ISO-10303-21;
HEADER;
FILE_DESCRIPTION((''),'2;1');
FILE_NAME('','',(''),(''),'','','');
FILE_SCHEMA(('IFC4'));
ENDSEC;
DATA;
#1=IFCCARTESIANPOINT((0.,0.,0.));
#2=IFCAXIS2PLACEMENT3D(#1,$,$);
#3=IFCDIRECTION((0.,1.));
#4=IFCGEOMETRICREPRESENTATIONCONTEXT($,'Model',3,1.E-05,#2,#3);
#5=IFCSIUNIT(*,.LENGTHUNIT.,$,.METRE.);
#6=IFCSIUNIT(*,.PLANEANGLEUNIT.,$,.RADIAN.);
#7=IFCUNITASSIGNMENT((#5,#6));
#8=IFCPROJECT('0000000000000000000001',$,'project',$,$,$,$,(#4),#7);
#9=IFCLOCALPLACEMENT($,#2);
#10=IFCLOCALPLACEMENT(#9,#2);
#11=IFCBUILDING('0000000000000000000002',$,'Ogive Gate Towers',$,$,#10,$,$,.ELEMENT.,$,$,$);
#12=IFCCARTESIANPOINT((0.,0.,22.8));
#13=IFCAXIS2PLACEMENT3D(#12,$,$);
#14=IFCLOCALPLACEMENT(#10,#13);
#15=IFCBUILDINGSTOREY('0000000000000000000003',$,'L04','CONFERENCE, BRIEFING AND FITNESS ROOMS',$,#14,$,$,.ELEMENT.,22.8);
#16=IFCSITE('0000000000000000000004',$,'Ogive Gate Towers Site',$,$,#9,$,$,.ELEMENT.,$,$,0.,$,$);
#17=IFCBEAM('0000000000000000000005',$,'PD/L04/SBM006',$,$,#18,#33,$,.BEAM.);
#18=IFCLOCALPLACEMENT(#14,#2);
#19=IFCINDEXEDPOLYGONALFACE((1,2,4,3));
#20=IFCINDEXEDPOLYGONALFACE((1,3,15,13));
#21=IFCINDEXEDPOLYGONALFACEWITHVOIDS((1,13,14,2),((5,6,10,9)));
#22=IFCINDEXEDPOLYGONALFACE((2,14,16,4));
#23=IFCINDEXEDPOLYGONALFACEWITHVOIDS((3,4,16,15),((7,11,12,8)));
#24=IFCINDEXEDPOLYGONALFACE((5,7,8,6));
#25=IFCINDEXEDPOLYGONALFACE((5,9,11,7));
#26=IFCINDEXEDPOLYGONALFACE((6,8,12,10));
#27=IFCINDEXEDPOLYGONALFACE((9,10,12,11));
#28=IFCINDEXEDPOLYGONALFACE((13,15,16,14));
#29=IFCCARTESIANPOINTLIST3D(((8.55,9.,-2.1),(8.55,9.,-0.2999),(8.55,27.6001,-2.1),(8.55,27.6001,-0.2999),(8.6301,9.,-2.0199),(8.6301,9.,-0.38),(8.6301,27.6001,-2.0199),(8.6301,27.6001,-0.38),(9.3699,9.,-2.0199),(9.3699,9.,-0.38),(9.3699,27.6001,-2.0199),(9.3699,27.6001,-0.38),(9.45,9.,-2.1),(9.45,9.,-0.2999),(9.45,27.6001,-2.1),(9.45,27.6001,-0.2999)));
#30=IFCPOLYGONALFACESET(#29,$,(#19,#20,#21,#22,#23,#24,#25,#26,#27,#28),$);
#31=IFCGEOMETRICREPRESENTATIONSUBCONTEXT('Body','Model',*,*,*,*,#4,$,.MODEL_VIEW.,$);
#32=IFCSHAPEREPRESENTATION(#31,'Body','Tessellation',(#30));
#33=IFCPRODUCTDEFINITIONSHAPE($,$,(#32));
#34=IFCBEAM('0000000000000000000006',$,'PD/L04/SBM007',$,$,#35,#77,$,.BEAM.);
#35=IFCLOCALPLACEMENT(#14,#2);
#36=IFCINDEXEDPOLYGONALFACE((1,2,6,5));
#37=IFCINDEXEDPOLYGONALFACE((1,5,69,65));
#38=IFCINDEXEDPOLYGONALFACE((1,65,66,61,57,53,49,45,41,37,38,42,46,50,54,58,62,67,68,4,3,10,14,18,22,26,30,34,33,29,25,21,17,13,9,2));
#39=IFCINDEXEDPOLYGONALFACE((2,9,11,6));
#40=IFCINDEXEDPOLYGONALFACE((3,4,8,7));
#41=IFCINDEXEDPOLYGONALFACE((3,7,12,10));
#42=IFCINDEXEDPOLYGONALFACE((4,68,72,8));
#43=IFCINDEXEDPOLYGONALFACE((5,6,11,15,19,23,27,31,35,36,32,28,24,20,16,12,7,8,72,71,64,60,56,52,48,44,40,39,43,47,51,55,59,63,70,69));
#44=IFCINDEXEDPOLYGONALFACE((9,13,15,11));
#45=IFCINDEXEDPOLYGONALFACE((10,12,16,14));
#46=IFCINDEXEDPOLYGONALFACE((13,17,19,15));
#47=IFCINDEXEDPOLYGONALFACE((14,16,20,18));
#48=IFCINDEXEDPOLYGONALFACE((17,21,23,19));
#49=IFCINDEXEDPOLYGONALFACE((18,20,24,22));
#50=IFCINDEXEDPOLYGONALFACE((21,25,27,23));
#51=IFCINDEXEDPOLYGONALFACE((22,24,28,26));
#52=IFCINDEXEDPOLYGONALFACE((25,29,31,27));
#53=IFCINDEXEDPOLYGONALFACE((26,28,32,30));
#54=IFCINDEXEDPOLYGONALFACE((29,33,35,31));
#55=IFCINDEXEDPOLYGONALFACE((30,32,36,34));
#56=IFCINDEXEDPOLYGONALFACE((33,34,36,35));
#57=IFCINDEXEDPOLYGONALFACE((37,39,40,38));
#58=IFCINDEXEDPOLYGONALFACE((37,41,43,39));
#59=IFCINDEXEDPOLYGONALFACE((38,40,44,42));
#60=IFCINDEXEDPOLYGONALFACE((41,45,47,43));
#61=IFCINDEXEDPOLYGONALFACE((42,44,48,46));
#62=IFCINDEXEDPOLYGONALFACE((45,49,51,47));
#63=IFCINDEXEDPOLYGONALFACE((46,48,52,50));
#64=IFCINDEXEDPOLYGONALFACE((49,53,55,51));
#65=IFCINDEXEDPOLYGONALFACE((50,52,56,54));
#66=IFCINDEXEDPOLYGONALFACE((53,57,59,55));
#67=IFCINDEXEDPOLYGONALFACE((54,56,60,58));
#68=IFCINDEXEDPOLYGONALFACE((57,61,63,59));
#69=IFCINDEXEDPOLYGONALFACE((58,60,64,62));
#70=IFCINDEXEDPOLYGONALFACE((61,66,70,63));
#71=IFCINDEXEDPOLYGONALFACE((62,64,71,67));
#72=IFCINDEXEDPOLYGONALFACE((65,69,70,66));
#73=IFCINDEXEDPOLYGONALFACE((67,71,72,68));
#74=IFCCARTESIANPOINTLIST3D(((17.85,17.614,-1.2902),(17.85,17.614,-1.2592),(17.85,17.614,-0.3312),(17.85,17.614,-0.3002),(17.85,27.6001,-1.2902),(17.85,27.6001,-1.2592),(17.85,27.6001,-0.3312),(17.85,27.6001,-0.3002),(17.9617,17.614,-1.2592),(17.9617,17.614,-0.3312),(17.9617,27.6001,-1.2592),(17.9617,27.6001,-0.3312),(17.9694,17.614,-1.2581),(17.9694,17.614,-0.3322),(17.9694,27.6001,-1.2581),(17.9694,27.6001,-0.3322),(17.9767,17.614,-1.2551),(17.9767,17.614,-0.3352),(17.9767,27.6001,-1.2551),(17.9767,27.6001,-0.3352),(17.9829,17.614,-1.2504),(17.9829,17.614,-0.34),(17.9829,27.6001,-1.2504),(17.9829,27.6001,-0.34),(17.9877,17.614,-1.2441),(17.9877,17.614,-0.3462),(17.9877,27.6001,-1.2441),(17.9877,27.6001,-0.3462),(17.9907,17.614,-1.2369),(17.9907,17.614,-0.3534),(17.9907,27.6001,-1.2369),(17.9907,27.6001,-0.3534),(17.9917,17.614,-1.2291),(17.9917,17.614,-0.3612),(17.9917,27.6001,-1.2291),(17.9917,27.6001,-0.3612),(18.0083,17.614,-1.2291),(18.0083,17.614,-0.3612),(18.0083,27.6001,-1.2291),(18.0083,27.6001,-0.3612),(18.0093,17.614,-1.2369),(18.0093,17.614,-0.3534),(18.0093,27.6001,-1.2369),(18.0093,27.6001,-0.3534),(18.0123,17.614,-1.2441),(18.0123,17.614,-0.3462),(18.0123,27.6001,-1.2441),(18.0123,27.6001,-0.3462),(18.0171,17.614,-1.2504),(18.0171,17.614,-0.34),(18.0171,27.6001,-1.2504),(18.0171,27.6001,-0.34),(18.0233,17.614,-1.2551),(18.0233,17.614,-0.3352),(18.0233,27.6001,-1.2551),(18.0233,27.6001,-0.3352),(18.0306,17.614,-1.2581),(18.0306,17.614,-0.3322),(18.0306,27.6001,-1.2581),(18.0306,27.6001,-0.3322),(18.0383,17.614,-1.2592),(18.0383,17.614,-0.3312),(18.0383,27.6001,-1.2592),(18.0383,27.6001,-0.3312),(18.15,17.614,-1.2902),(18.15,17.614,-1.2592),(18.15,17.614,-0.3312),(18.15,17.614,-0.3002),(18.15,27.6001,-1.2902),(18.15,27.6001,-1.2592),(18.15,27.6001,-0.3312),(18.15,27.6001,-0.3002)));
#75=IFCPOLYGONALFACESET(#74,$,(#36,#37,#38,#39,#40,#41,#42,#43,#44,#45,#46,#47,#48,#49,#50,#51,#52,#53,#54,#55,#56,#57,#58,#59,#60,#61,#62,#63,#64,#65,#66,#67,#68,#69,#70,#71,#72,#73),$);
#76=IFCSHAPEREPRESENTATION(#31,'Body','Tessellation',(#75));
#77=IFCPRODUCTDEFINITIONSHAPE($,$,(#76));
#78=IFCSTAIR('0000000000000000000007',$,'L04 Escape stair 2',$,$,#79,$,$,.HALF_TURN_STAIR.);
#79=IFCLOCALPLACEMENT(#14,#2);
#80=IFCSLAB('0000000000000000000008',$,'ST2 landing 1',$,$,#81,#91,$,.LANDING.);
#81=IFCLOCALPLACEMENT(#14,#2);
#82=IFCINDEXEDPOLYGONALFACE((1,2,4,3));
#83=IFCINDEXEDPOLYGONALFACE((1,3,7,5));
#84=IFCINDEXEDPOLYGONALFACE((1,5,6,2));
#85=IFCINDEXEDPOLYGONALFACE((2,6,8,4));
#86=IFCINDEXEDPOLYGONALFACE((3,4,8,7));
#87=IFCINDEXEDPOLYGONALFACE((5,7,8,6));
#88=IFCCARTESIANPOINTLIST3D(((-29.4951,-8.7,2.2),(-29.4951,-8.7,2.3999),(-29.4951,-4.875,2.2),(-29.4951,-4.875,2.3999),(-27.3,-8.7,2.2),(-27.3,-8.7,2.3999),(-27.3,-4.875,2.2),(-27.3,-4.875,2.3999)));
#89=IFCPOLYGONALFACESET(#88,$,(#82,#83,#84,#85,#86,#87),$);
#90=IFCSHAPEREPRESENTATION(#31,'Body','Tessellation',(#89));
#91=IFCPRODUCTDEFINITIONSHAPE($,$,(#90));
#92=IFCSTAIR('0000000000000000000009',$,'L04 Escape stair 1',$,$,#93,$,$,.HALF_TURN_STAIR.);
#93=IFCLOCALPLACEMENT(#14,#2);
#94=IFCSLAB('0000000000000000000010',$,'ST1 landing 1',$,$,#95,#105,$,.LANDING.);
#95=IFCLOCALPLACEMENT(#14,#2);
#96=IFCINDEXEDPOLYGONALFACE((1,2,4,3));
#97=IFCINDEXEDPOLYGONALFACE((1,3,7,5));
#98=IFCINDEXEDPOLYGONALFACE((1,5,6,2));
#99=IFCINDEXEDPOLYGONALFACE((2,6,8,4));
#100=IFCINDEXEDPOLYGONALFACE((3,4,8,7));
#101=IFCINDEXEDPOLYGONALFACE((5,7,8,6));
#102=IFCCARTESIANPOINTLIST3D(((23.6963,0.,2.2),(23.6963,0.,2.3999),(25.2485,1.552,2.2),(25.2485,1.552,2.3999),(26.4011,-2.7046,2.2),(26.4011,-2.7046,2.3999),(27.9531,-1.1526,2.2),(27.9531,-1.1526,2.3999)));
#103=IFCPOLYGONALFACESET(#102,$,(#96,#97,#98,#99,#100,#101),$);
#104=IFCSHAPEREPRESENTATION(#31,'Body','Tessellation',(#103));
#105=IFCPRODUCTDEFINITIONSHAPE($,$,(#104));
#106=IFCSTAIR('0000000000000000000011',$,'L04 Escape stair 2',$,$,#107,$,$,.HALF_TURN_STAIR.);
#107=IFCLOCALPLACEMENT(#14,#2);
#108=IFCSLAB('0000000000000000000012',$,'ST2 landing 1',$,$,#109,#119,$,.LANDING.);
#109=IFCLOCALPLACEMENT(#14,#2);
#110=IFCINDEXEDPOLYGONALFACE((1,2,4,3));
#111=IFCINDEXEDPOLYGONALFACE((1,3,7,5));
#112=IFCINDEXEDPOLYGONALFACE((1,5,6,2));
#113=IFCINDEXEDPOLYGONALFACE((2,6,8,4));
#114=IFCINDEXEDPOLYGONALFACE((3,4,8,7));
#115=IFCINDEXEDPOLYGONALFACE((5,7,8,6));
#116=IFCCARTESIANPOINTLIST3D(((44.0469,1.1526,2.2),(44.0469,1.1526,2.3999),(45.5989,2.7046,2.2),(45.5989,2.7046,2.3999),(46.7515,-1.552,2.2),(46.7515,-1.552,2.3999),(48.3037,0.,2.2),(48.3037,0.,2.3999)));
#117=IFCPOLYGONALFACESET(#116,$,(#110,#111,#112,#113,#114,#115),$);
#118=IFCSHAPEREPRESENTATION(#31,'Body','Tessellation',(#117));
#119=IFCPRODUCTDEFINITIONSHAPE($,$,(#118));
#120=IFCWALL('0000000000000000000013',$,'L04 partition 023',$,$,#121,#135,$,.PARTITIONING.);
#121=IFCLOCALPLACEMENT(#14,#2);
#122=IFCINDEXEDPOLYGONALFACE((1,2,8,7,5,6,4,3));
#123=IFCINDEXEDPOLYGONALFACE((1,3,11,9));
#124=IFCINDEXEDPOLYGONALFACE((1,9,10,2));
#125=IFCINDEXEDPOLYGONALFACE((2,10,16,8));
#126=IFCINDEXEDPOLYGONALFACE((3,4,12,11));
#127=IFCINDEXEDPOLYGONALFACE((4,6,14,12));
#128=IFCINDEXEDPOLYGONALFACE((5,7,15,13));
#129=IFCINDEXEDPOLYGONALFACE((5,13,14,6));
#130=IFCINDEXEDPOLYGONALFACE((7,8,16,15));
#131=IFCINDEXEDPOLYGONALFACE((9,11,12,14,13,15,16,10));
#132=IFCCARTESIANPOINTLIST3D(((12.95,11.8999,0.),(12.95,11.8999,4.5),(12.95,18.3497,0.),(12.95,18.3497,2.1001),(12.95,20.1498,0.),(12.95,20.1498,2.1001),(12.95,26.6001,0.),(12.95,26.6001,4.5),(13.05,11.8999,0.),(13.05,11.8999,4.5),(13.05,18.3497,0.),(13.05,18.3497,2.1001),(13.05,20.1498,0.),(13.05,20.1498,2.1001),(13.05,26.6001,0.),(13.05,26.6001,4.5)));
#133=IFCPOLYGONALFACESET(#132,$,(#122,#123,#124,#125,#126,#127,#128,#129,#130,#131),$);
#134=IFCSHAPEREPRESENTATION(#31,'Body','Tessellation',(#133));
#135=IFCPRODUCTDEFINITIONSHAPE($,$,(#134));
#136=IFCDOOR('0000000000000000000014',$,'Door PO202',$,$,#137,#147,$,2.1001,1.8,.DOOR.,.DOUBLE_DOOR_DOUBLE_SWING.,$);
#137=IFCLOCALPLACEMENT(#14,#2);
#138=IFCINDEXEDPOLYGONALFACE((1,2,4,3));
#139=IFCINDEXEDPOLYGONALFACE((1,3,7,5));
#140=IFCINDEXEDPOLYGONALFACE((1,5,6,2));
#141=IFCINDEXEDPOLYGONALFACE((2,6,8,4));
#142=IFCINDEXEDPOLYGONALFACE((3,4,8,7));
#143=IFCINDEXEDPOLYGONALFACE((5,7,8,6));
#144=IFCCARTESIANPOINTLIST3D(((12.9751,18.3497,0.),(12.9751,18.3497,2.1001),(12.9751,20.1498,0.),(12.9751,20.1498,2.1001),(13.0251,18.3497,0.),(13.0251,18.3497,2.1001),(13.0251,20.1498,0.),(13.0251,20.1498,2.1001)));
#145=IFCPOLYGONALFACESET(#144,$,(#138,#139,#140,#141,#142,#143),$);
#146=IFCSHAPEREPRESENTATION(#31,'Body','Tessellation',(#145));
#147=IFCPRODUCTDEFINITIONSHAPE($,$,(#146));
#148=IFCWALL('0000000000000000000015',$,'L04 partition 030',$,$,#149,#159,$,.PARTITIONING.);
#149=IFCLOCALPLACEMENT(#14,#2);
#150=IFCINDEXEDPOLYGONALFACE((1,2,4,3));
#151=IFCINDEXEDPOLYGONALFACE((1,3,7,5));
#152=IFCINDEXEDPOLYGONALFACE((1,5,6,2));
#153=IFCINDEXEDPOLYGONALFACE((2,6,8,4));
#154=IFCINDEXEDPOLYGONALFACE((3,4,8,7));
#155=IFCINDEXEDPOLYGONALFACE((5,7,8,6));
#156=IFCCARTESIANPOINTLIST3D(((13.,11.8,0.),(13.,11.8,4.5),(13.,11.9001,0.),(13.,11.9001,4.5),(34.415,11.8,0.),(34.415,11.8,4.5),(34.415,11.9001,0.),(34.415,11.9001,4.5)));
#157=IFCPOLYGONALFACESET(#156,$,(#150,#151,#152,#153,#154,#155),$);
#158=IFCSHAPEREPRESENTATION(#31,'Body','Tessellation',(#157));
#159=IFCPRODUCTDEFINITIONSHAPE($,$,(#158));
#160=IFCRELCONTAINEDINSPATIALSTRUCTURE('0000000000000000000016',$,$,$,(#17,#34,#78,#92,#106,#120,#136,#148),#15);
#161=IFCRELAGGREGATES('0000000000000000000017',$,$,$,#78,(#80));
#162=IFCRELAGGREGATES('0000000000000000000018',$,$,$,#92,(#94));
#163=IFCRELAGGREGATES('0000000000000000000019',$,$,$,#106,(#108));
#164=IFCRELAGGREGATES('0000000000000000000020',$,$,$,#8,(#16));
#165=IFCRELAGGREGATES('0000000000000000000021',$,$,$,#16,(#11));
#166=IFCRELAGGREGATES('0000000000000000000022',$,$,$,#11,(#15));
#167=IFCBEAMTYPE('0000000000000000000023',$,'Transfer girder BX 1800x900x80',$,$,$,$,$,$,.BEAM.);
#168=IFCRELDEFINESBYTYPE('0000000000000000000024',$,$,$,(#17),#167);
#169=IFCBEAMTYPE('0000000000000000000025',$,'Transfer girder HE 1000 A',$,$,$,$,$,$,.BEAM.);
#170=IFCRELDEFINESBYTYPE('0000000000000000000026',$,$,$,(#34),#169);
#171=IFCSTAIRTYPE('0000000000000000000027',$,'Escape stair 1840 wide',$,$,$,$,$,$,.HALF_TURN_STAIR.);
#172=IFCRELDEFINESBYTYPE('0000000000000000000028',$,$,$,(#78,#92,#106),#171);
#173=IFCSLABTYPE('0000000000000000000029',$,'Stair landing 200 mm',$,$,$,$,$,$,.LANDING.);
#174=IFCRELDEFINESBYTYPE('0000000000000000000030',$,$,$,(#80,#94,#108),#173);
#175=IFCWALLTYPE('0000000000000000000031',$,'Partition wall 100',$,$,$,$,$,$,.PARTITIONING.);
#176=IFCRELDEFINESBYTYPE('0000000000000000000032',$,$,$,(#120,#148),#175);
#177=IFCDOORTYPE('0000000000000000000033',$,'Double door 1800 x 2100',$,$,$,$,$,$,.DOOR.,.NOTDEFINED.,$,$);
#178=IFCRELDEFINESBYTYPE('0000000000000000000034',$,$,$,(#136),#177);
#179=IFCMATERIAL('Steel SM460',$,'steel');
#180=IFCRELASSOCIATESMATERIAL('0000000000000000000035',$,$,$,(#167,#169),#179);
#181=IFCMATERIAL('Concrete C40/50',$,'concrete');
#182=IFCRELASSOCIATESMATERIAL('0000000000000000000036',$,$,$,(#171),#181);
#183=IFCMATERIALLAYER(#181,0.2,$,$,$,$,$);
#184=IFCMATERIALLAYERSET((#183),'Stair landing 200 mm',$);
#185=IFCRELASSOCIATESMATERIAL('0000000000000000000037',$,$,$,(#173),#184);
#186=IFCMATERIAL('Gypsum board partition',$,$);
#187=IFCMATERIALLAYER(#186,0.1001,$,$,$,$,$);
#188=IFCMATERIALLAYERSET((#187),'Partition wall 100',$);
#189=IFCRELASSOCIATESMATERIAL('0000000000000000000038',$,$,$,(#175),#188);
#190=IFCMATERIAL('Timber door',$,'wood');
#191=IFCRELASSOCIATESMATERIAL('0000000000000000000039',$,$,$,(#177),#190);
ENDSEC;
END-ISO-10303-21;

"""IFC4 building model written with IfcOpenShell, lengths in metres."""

from ifc_helpers import new_model, si_unit, direction, frame, frame_2d, origin, origin_2d, place, context, subcontext, project, spatial, polyline, rectangle, hollow_rectangle, i_section, outline, extrude, material, layer, layer_set, material_profile, profile_set, type_object, element, fill, aggregate, save


model = new_model("IFC4")

# Units and contexts
model_context = context("Model", 3, precision=1e-05, world=origin(), true_north=direction((0.0, 1.0)))
body_context = subcontext(model_context, "Body", "Model", "MODEL_VIEW")
ifc_project = project(units=[si_unit("LENGTHUNIT", "METRE"), si_unit("PLANEANGLEUNIT", "RADIAN")], contexts=[model_context])

# Site, building, storey
site_placement = place(None, origin())
site = spatial("IfcSite", under=ifc_project, at=site_placement, Name="Ogive Gate Towers Site", CompositionType="ELEMENT", RefElevation=0.0)
building_placement = place(site_placement, origin())
building = spatial("IfcBuilding", under=site, at=building_placement, Name="Ogive Gate Towers", CompositionType="ELEMENT")
storey_placement = place(building_placement, frame((0.0, 0.0, 22.8)))
storey = spatial("IfcBuildingStorey", under=building, at=storey_placement, Name="L04", Description="CONFERENCE, BRIEFING AND FITNESS ROOMS", CompositionType="ELEMENT", Elevation=22.8)

# Beams
ifc_material_1 = material(Name="Steel SM460", Category="steel")
ifc_material_profile_1 = material_profile(ifc_material_1, hollow_rectangle(XDim=0.8999, YDim=1.8, WallThickness=0.0801, at=origin_2d()), Name="BX 1800x900x80")
ifc_profile_set_1 = profile_set([ifc_material_profile_1], Name="Steel SM460")
beam_type_1 = type_object("IfcBeamType", Name="Transfer girder BX 1800x900x80", PredefinedType="BEAM", material=ifc_profile_set_1)
beam_1_placement = place(storey_placement, frame((9.0, 9.0, -1.2), z_axis=(0.0, 1.0, 0.0), x_axis=(-1.0, 0.0, 0.0)))
element("IfcBeam", 1, at=beam_1_placement, inside=storey, type_object=beam_type_1, Name="PD/L04/SBM006", PredefinedType="BEAM", context=body_context, shape_type="SweptSolid", body=[
    extrude(hollow_rectangle(XDim=0.8999, YDim=1.8, WallThickness=0.0801, at=origin_2d()), origin(), (0.0, 0.0, 1.0), 18.6001),
])
ifc_material_profile_2 = material_profile(ifc_material_1, i_section(OverallWidth=0.3, OverallDepth=0.99, WebThickness=0.0166, FlangeThickness=0.031, FilletRadius=0.03, at=origin_2d()), Name="HE 1000 A")
ifc_profile_set_2 = profile_set([ifc_material_profile_2], Name="Steel SM460")
beam_type_2 = type_object("IfcBeamType", Name="Transfer girder HE 1000 A", PredefinedType="BEAM", material=ifc_profile_set_2)
beam_2_placement = place(storey_placement, frame((18.0, 17.614, -0.7952), z_axis=(0.0, 1.0, 0.0), x_axis=(-1.0, 0.0, 0.0)))
element("IfcBeam", 2, at=beam_2_placement, inside=storey, type_object=beam_type_2, Name="PD/L04/SBM007", PredefinedType="BEAM", context=body_context, shape_type="SweptSolid", body=[
    extrude(i_section(OverallWidth=0.3, OverallDepth=0.99, WebThickness=0.0166, FlangeThickness=0.031, FilletRadius=0.03, at=origin_2d()), origin(), (0.0, 0.0, 1.0), 9.9861),
])

# Stairs, slabs
ifc_material_2 = material(Name="Concrete C40/50", Category="concrete")
stair_type = type_object("IfcStairType", Name="Escape stair 1840 wide", PredefinedType="HALF_TURN_STAIR", material=ifc_material_2)
stair_1_placement = place(storey_placement, origin())
stair_1 = element("IfcStair", 3, at=stair_1_placement, inside=storey, type_object=stair_type, Name="L04 Escape stair 2", PredefinedType="HALF_TURN_STAIR")
ifc_layer_1 = layer(ifc_material_2, 0.2)
ifc_layer_set_1 = layer_set([ifc_layer_1], Name="Stair landing 200 mm")
slab_type = type_object("IfcSlabType", Name="Stair landing 200 mm", PredefinedType="LANDING", material=ifc_layer_set_1)
slab_1_placement = place(storey_placement, frame((0.0, 0.0, 2.2)))
slab_1 = element("IfcSlab", 4, at=slab_1_placement, type_object=slab_type, Name="ST2 landing 1", PredefinedType="LANDING", context=body_context, shape_type="SweptSolid", body=[
    extrude(outline(polyline([(-29.4951, -8.7), (-27.3, -8.7), (-27.3, -4.875), (-29.4951, -4.875), (-29.4951, -8.7)])), origin(), (0.0, 0.0, 1.0), 0.2),
])
aggregate(stair_1, [slab_1])
stair_2_placement = place(storey_placement, origin())
stair_2 = element("IfcStair", 5, at=stair_2_placement, inside=storey, type_object=stair_type, Name="L04 Escape stair 1", PredefinedType="HALF_TURN_STAIR")
slab_2_placement = place(storey_placement, frame((0.0, 0.0, 2.2)))
slab_2 = element("IfcSlab", 6, at=slab_2_placement, type_object=slab_type, Name="ST1 landing 1", PredefinedType="LANDING", context=body_context, shape_type="SweptSolid", body=[
    extrude(outline(polyline([(25.2485, 1.552), (23.6963, 0.0), (26.4011, -2.7046), (27.9531, -1.1526), (25.2485, 1.552)])), origin(), (0.0, 0.0, 1.0), 0.2),
])
aggregate(stair_2, [slab_2])
stair_3_placement = place(storey_placement, origin())
stair_3 = element("IfcStair", 7, at=stair_3_placement, inside=storey, type_object=stair_type, Name="L04 Escape stair 2", PredefinedType="HALF_TURN_STAIR")
slab_3_placement = place(storey_placement, frame((0.0, 0.0, 2.2)))
slab_3 = element("IfcSlab", 8, at=slab_3_placement, type_object=slab_type, Name="ST2 landing 1", PredefinedType="LANDING", context=body_context, shape_type="SweptSolid", body=[
    extrude(outline(polyline([(46.7515, -1.552), (48.3037, 0.0), (45.5989, 2.7046), (44.0469, 1.1526), (46.7515, -1.552)])), origin(), (0.0, 0.0, 1.0), 0.2),
])
aggregate(stair_3, [slab_3])

# Wall, opening, door
ifc_material_3 = material(Name="Gypsum board partition")
ifc_layer_2 = layer(ifc_material_3, 0.1001)
ifc_layer_set_2 = layer_set([ifc_layer_2], Name="Partition wall 100")
wall_type_1 = type_object("IfcWallType", Name="Partition wall 100", PredefinedType="PARTITIONING", material=ifc_layer_set_2)
wall_1_placement = place(storey_placement, frame((13.0, 11.8999, 0.0), z_axis=(0.0, 0.0, 1.0), x_axis=(0.0, 1.0, 0.0)))
wall_1 = element("IfcWall", 9, at=wall_1_placement, inside=storey, type_object=wall_type_1, Name="L04 partition 023", PredefinedType="PARTITIONING", context=body_context, shape_type="SweptSolid", body=[
    extrude(rectangle(XDim=14.7002, YDim=0.1001, at=frame_2d((7.3501, 0.0))), origin(), (0.0, 0.0, 1.0), 4.5),
])
opening_1_placement = place(wall_1_placement, frame((6.45, 0.0, 0.0)))
opening_1 = element("IfcOpeningElement", 10, at=opening_1_placement, cuts=wall_1, PredefinedType="OPENING", context=body_context, shape_type="SweptSolid", body=[
    extrude(rectangle(XDim=1.8, YDim=2.1001, at=frame_2d((0.8999, 1.05))), frame((0.0, 0.0601, 0.0), z_axis=(0.0, -1.0, 0.0), x_axis=(1.0, 0.0, 0.0)), (0.0, 0.0, 1.0), 0.1201),
])
ifc_material_4 = material(Name="Timber door", Category="wood")
door_type = type_object("IfcDoorType", Name="Double door 1800 x 2100", OperationType="NOTDEFINED", PredefinedType="DOOR", material=ifc_material_4)
door_placement = place(opening_1_placement, origin())
door = element("IfcDoor", 11, at=door_placement, inside=storey, type_object=door_type, Name="Door PO202", OperationType="DOUBLE_DOOR_DOUBLE_SWING", OverallHeight=2.1001, OverallWidth=1.8, PredefinedType="DOOR", context=body_context, shape_type="SweptSolid", body=[
    extrude(rectangle(XDim=1.8, YDim=2.1001, at=frame_2d((0.8999, 1.05))), frame((0.0, 0.0249, 0.0), z_axis=(0.0, -1.0, 0.0), x_axis=(1.0, 0.0, 0.0)), (0.0, 0.0, 1.0), 0.05),
])
fill(opening_1, door)

# Wall
wall_2_placement = place(storey_placement, frame((13.0, 11.8501, 0.0), z_axis=(0.0, 0.0, 1.0), x_axis=(1.0, 0.0, 0.0)))
element("IfcWall", 12, at=wall_2_placement, inside=storey, type_object=wall_type_1, Name="L04 partition 030", PredefinedType="PARTITIONING", context=body_context, shape_type="SweptSolid", body=[
    extrude(rectangle(XDim=21.415, YDim=0.1001, at=frame_2d((10.7075, 0.0))), origin(), (0.0, 0.0, 1.0), 4.5),
])

save(model, "model.ifc")
